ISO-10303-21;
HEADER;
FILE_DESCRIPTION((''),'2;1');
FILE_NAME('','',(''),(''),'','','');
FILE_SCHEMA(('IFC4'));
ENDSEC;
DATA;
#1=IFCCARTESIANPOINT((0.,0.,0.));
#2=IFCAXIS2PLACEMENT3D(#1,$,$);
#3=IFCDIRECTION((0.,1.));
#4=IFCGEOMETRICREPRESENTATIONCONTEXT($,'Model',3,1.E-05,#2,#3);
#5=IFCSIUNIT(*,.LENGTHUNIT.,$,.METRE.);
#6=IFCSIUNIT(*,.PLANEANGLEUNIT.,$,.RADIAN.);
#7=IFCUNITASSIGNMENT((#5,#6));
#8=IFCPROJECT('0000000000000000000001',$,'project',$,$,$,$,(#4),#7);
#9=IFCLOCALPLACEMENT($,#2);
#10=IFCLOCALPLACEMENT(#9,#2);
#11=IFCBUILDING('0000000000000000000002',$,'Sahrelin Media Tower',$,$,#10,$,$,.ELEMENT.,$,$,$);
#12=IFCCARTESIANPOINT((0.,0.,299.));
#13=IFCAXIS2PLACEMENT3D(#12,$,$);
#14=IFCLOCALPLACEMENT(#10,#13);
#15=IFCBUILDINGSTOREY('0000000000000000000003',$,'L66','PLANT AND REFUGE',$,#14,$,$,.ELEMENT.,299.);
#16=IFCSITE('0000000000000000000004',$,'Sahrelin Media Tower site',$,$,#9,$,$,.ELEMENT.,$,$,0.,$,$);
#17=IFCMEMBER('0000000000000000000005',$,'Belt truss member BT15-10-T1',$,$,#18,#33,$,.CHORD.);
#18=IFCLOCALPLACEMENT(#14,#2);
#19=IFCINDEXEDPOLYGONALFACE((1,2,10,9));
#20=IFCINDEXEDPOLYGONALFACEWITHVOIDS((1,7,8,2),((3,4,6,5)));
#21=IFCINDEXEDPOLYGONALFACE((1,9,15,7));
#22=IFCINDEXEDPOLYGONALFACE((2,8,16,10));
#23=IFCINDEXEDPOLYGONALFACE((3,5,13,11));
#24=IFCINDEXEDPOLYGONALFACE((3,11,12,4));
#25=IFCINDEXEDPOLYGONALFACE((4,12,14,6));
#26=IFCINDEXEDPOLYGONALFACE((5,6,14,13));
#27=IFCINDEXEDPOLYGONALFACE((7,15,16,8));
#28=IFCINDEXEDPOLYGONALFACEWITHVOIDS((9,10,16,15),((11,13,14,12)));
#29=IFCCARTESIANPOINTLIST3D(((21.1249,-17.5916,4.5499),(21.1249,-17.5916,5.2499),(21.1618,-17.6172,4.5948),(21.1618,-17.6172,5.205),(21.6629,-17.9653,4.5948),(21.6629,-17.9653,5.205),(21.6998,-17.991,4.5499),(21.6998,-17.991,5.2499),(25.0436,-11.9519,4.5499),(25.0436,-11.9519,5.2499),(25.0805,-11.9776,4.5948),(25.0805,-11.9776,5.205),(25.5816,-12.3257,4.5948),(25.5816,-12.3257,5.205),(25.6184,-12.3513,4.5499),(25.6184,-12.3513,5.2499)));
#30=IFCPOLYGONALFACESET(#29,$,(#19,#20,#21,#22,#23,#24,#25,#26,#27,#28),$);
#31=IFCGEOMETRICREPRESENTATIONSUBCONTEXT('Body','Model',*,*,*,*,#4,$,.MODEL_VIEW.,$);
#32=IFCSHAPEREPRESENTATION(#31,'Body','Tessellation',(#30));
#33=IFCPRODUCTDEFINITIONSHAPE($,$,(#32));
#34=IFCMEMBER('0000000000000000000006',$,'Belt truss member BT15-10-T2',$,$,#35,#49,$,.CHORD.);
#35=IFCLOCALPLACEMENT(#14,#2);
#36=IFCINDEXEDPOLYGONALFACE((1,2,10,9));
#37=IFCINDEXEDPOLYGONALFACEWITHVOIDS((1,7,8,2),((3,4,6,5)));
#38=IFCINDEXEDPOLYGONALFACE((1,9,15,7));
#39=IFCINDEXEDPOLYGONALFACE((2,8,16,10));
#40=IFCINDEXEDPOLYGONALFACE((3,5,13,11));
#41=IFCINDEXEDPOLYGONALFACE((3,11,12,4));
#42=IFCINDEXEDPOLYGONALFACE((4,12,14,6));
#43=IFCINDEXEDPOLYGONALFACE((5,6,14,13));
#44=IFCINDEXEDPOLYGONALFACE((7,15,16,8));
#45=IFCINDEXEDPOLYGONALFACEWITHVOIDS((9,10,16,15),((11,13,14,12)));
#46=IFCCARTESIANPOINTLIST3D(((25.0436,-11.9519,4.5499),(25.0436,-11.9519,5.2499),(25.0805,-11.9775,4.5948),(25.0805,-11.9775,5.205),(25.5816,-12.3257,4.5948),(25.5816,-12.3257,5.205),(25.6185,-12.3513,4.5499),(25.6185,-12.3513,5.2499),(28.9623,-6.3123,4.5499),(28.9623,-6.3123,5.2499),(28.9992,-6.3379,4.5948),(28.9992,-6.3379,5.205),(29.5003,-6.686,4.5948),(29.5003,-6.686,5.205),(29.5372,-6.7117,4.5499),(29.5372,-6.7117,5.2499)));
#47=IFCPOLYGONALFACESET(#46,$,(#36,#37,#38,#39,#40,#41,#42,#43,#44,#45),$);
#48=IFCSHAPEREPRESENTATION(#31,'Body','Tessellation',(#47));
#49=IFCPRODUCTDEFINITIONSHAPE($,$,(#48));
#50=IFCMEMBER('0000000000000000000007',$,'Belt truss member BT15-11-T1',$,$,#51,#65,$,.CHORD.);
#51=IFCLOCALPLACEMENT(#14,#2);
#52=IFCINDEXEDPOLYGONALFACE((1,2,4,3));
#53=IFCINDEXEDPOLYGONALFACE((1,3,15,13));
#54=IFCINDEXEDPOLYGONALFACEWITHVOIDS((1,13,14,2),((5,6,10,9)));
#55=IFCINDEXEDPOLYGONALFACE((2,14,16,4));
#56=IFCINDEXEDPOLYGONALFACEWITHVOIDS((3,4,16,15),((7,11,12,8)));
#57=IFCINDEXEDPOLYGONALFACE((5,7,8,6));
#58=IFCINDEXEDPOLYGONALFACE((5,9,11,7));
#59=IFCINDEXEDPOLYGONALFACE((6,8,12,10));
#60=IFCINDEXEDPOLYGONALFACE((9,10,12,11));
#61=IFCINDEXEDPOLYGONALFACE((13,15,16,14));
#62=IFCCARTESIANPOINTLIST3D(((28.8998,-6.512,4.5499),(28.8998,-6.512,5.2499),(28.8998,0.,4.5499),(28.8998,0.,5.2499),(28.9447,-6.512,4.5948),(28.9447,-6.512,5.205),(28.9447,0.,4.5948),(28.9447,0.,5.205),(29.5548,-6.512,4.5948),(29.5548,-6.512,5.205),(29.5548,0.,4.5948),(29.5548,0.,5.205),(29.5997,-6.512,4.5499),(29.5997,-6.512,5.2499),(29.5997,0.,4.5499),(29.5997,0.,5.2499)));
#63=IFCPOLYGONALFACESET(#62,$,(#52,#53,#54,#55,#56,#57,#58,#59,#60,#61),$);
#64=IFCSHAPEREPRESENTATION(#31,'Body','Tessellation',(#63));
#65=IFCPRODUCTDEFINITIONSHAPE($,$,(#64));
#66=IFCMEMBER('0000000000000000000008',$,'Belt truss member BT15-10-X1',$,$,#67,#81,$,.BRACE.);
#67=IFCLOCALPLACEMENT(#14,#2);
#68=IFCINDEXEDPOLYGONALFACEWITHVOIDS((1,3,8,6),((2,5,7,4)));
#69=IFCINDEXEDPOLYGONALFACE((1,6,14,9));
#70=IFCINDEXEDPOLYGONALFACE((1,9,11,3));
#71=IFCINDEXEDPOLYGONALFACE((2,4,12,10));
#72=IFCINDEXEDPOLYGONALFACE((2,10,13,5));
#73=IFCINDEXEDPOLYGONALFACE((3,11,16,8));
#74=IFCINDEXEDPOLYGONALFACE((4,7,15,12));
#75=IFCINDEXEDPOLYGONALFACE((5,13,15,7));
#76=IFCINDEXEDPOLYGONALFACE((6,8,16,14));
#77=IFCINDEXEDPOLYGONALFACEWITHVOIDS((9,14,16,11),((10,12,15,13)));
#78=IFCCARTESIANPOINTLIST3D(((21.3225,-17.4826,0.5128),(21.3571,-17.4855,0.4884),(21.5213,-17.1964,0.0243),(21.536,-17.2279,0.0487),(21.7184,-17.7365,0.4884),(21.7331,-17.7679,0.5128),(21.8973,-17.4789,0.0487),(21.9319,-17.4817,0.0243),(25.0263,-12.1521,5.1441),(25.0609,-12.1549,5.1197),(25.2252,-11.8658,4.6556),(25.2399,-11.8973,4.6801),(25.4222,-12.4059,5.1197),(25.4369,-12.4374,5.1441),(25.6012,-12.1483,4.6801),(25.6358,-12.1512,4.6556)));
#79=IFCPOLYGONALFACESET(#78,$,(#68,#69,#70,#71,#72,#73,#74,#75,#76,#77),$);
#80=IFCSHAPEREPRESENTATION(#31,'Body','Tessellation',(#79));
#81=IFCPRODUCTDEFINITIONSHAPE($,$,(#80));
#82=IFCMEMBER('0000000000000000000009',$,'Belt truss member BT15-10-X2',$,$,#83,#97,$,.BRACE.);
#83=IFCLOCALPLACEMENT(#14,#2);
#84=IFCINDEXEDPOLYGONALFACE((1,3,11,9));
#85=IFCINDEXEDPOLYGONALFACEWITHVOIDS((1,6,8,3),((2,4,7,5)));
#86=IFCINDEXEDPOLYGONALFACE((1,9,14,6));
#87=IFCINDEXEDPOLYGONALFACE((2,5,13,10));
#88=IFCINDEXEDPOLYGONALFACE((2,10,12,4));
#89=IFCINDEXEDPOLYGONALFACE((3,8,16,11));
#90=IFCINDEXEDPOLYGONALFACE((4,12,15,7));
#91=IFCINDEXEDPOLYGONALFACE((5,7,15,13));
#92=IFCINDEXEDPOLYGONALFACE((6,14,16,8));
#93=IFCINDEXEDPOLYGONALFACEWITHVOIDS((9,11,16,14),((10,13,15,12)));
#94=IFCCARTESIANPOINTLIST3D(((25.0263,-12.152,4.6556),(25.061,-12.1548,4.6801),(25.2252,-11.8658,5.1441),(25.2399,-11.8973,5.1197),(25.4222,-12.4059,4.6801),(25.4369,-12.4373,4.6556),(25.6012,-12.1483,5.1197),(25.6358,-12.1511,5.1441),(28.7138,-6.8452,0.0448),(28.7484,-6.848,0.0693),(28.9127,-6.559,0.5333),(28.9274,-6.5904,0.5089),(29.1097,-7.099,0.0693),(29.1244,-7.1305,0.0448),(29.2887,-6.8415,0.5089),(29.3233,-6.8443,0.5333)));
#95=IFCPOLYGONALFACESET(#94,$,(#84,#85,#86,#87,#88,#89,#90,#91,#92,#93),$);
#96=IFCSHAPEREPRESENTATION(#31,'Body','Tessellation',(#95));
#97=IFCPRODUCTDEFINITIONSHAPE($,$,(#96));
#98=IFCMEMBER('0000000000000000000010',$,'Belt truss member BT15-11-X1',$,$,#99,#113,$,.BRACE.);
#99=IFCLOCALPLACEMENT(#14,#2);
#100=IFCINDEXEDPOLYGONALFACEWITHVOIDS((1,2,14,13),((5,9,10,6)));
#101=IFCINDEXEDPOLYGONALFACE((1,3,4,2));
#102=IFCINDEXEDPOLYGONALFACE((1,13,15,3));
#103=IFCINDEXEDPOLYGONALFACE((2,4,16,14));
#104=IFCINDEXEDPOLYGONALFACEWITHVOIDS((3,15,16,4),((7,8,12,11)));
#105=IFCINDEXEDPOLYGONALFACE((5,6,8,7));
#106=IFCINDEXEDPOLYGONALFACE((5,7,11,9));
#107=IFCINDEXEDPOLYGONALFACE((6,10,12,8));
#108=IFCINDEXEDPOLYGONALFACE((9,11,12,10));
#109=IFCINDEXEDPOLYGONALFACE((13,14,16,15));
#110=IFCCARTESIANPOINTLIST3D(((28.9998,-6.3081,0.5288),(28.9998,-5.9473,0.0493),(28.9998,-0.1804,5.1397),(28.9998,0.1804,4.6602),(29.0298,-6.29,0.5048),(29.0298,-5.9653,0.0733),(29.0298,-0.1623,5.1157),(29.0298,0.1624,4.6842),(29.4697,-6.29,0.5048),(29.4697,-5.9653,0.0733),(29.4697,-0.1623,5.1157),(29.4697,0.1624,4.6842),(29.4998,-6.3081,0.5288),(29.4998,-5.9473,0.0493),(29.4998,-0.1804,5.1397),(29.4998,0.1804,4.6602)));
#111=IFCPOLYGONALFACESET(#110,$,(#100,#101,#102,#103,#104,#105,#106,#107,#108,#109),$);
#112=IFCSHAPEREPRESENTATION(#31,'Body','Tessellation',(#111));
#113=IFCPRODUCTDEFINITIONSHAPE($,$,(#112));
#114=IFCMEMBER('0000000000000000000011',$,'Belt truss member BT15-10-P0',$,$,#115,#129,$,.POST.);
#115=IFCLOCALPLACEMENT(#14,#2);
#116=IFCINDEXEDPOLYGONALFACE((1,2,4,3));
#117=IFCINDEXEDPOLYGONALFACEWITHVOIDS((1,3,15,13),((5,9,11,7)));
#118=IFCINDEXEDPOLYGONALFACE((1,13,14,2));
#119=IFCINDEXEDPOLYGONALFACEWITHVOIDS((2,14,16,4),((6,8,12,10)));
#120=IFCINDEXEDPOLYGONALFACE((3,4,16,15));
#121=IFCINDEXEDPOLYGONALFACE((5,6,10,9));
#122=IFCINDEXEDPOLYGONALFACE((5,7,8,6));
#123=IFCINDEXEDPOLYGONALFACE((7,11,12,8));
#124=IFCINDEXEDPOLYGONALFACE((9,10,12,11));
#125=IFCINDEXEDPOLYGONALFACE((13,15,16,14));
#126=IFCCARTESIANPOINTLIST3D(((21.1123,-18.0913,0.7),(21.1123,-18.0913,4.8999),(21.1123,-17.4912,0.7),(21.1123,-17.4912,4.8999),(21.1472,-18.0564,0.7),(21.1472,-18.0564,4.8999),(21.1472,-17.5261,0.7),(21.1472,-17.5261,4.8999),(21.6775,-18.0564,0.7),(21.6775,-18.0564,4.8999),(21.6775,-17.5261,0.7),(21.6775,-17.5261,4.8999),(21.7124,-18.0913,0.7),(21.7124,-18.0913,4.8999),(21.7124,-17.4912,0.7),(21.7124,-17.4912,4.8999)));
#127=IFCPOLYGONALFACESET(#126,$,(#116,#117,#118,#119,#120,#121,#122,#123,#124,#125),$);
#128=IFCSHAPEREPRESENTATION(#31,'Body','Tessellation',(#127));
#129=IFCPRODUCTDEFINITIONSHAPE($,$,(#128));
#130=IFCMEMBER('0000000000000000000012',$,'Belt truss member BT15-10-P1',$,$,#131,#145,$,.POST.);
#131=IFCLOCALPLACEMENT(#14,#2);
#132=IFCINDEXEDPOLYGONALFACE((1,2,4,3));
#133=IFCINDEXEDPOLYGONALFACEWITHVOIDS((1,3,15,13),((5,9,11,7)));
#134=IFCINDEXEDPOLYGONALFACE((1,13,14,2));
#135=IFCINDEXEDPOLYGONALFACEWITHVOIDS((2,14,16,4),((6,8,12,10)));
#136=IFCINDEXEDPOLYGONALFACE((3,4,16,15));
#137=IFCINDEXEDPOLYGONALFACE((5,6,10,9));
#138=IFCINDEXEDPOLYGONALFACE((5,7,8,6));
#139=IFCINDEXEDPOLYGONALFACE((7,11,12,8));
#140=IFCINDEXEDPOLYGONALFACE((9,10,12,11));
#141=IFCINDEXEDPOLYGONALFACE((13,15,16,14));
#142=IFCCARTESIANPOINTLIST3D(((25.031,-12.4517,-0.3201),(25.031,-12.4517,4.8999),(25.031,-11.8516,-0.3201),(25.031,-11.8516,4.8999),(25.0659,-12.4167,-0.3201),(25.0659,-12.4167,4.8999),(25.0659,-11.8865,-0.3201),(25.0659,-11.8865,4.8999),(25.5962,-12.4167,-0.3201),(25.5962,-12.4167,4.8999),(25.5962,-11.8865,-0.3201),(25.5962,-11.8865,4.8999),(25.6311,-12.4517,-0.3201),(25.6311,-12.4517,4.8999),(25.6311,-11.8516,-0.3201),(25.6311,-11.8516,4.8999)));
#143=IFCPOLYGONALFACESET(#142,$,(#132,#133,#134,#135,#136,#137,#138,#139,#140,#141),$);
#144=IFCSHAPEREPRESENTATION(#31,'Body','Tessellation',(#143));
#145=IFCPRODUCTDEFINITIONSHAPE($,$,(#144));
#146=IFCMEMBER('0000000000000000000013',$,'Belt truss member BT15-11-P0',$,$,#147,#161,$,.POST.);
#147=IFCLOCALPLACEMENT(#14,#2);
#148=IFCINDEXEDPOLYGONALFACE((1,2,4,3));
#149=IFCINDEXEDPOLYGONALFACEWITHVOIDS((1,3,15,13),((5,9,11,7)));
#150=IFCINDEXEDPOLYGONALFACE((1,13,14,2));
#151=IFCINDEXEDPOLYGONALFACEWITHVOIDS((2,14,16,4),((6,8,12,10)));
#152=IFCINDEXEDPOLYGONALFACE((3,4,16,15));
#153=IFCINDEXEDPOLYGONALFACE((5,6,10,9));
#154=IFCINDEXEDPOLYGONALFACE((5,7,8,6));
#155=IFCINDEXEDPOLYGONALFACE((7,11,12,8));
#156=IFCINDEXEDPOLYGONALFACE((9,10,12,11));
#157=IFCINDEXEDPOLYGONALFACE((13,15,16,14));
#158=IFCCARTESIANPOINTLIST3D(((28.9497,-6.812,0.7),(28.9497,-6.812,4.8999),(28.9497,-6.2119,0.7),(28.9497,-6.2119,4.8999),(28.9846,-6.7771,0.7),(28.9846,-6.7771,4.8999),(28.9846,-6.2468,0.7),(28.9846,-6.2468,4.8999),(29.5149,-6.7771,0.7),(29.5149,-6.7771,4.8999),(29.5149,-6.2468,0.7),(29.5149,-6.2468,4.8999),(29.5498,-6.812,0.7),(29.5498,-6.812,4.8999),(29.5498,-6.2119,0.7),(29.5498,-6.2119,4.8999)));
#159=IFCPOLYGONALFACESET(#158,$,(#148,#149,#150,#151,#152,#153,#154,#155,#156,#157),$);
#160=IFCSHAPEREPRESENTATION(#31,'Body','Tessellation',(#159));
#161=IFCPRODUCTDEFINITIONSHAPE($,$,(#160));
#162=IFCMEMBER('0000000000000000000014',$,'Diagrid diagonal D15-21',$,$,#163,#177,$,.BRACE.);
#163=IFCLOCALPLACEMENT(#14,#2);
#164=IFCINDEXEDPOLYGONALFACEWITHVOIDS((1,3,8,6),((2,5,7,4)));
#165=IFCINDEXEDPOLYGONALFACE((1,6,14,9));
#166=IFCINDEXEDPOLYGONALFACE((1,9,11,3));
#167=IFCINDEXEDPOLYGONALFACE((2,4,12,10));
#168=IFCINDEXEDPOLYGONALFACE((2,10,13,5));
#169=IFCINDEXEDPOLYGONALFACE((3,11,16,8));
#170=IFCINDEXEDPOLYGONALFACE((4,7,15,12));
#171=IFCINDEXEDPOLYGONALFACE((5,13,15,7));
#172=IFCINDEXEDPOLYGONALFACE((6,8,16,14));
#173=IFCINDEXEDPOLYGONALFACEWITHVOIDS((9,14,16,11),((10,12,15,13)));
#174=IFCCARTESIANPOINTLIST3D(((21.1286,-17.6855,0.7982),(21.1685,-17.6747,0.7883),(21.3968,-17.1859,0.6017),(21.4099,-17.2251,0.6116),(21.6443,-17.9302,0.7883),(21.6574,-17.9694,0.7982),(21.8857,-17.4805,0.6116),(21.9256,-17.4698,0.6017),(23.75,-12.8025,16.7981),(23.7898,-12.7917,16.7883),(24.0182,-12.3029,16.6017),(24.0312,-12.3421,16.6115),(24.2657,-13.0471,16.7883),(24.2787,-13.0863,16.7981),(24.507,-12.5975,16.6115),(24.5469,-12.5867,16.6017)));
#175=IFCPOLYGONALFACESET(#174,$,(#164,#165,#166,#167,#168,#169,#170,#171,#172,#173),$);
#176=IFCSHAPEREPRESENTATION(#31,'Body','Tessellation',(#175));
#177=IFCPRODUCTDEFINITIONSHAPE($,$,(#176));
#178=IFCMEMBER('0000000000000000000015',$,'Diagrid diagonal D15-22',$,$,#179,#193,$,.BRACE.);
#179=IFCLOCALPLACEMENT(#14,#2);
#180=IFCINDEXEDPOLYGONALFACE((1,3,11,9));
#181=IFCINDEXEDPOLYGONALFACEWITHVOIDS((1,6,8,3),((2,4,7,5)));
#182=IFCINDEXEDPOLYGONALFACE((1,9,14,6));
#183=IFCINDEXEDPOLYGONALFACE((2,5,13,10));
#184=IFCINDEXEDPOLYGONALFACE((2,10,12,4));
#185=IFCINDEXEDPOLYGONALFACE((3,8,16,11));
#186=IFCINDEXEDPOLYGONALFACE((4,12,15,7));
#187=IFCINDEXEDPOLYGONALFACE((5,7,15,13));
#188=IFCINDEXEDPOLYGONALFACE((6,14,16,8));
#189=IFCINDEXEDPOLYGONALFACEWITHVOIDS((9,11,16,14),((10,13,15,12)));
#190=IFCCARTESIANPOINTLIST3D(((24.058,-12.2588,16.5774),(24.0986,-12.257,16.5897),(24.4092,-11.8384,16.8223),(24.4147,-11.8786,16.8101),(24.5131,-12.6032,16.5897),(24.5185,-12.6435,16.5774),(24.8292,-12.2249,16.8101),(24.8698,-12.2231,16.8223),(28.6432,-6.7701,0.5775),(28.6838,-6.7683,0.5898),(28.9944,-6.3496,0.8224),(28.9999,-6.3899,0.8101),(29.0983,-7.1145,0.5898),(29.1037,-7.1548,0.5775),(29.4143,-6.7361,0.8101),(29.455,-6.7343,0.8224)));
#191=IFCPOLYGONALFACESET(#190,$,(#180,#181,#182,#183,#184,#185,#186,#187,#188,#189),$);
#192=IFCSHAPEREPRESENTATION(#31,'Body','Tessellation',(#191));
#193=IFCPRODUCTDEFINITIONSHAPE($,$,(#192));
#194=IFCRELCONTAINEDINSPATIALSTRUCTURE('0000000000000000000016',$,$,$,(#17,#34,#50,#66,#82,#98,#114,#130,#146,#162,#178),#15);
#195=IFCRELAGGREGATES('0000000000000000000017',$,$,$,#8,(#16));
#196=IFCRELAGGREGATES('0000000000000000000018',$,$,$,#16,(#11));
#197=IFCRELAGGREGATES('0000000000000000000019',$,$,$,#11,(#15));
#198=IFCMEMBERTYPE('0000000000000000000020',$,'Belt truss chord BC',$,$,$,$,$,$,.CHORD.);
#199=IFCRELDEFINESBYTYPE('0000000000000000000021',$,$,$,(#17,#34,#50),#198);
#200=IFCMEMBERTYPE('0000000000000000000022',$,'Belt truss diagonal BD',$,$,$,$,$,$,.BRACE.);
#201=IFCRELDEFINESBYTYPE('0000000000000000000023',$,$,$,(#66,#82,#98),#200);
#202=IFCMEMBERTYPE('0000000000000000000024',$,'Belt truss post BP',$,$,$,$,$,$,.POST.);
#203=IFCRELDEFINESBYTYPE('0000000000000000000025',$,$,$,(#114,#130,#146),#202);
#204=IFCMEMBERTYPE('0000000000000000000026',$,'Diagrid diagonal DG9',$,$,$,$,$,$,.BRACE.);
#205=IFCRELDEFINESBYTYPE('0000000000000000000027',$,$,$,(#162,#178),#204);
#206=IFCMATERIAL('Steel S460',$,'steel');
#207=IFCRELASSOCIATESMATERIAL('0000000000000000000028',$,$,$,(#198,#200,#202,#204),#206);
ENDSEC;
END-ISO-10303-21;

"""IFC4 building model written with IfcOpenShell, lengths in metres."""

from ifc_helpers import new_model, si_unit, direction, frame, origin, origin_2d, place, context, subcontext, project, spatial, hollow_rectangle, extrude, material, material_profile, profile_set, type_object, element, save


model = new_model("IFC4")

# Units and contexts
model_context = context("Model", 3, precision=1e-05, world=origin(), true_north=direction((0.0, 1.0)))
body_context = subcontext(model_context, "Body", "Model", "MODEL_VIEW")
ifc_project = project(units=[si_unit("LENGTHUNIT", "METRE"), si_unit("PLANEANGLEUNIT", "RADIAN")], contexts=[model_context])

# Site, building, storey
site_placement = place(None, origin())
site = spatial("IfcSite", under=ifc_project, at=site_placement, Name="Sahrelin Media Tower site", CompositionType="ELEMENT", RefElevation=0.0)
building_placement = place(site_placement, origin())
building = spatial("IfcBuilding", under=site, at=building_placement, Name="Sahrelin Media Tower", CompositionType="ELEMENT")
storey_placement = place(building_placement, frame((0.0, 0.0, 299.0)))
storey = spatial("IfcBuildingStorey", under=building, at=storey_placement, Name="L66", Description="PLANT AND REFUGE", CompositionType="ELEMENT", Elevation=299.0)

# Members
ifc_material_1 = material(Name="Steel S460", Category="steel")
ifc_material_profile_1 = material_profile(ifc_material_1, hollow_rectangle(XDim=0.7, YDim=0.7, WallThickness=0.0449, at=origin_2d()), Name="Belt truss chord BC")
ifc_profile_set_1 = profile_set([ifc_material_profile_1], Name="Steel S460")
member_type_1 = type_object("IfcMemberType", Name="Belt truss chord BC", PredefinedType="CHORD", material=ifc_profile_set_1)
for number, where, z_axis, x_axis, name in (
    (1, (21.4124, -17.7913, 4.8999), (0.57062, 0.821214, 0.0), (-0.821214, 0.57062, 0.0), "Belt truss member BT15-10-T1"),
    (2, (25.3311, -12.1516, 4.8999), (0.57062, 0.821214, 0.0), (-0.821214, 0.57062, 0.0), "Belt truss member BT15-10-T2"),
):
    element("IfcMember", number, at=place(storey_placement, frame(where, z_axis=z_axis, x_axis=x_axis)), inside=storey, type_object=member_type_1, Name=name, PredefinedType="CHORD", context=body_context, shape_type="SweptSolid", body=[
        extrude(hollow_rectangle(XDim=0.7, YDim=0.7, WallThickness=0.0449, at=origin_2d()), origin(), (0.0, 0.0, 1.0), 6.8674),
    ])
member_1_placement = place(storey_placement, frame((29.2498, -6.512, 4.8999), z_axis=(0.0, 1.0, 0.0), x_axis=(-1.0, 0.0, 0.0)))
element("IfcMember", 3, at=member_1_placement, inside=storey, type_object=member_type_1, Name="Belt truss member BT15-11-T1", PredefinedType="CHORD", context=body_context, shape_type="SweptSolid", body=[
    extrude(hollow_rectangle(XDim=0.7, YDim=0.7, WallThickness=0.0449, at=origin_2d()), origin(), (0.0, 0.0, 1.0), 6.512),
])
ifc_material_profile_2 = material_profile(ifc_material_1, hollow_rectangle(XDim=0.5, YDim=0.6001, WallThickness=0.03, at=origin_2d()), Name="Belt truss diagonal BD")
ifc_profile_set_2 = profile_set([ifc_material_profile_2], Name="Steel S460")
member_type_2 = type_object("IfcMemberType", Name="Belt truss diagonal BD", PredefinedType="BRACE", material=ifc_profile_set_2)
member_2_placement = place(storey_placement, frame((21.6272, -17.4822, 0.2686), z_axis=(0.464498, 0.668503, 0.580814), x_axis=(-0.82122, 0.570611, 0.0)))
element("IfcMember", 4, at=member_2_placement, inside=storey, type_object=member_type_2, Name="Belt truss member BT15-10-X1", PredefinedType="BRACE", context=body_context, shape_type="SweptSolid", body=[
    extrude(hollow_rectangle(XDim=0.5, YDim=0.6001, WallThickness=0.03, at=origin_2d()), origin(), (0.0, 0.0, 1.0), 7.9739),
])
member_3_placement = place(storey_placement, frame((29.0186, -6.8447, 0.2891), z_axis=(-0.464506, -0.668496, 0.580817), x_axis=(0.821213, -0.570622, 0.0)))
element("IfcMember", 5, at=member_3_placement, inside=storey, type_object=member_type_2, Name="Belt truss member BT15-10-X2", PredefinedType="BRACE", context=body_context, shape_type="SweptSolid", body=[
    extrude(hollow_rectangle(XDim=0.5, YDim=0.6001, WallThickness=0.03, at=origin_2d()), origin(), (0.0, 0.0, 1.0), 7.9385),
])
member_4_placement = place(storey_placement, frame((29.2498, -6.1277, 0.2891), z_axis=(0.0, 0.799055, 0.601257), x_axis=(-1.0, 0.0, 0.0)))
element("IfcMember", 6, at=member_4_placement, inside=storey, type_object=member_type_2, Name="Belt truss member BT15-11-X1", PredefinedType="BRACE", context=body_context, shape_type="SweptSolid", body=[
    extrude(hollow_rectangle(XDim=0.5, YDim=0.6001, WallThickness=0.03, at=origin_2d()), origin(), (0.0, 0.0, 1.0), 7.6687),
])
ifc_material_profile_3 = material_profile(ifc_material_1, hollow_rectangle(XDim=0.6001, YDim=0.6001, WallThickness=0.0349, at=origin_2d()), Name="Belt truss post BP")
ifc_profile_set_3 = profile_set([ifc_material_profile_3], Name="Steel S460")
member_type_3 = type_object("IfcMemberType", Name="Belt truss post BP", PredefinedType="POST", material=ifc_profile_set_3)
member_5_placement = place(storey_placement, frame((21.4124, -17.7913, 0.7), z_axis=(0.0, 0.0, 1.0), x_axis=(1.0, 0.0, 0.0)))
element("IfcMember", 7, at=member_5_placement, inside=storey, type_object=member_type_3, Name="Belt truss member BT15-10-P0", PredefinedType="POST", context=body_context, shape_type="SweptSolid", body=[
    extrude(hollow_rectangle(XDim=0.6001, YDim=0.6001, WallThickness=0.0349, at=origin_2d()), origin(), (0.0, 0.0, 1.0), 4.2),
])
member_6_placement = place(storey_placement, frame((25.3311, -12.1516, -0.3201), z_axis=(0.0, 0.0, 1.0), x_axis=(1.0, 0.0, 0.0)))
element("IfcMember", 8, at=member_6_placement, inside=storey, type_object=member_type_3, Name="Belt truss member BT15-10-P1", PredefinedType="POST", context=body_context, shape_type="SweptSolid", body=[
    extrude(hollow_rectangle(XDim=0.6001, YDim=0.6001, WallThickness=0.0349, at=origin_2d()), origin(), (0.0, 0.0, 1.0), 5.22),
])
member_7_placement = place(storey_placement, frame((29.2498, -6.512, 0.7), z_axis=(0.0, 0.0, 1.0), x_axis=(1.0, 0.0, 0.0)))
element("IfcMember", 9, at=member_7_placement, inside=storey, type_object=member_type_3, Name="Belt truss member BT15-11-P0", PredefinedType="POST", context=body_context, shape_type="SweptSolid", body=[
    extrude(hollow_rectangle(XDim=0.6001, YDim=0.6001, WallThickness=0.0349, at=origin_2d()), origin(), (0.0, 0.0, 1.0), 4.2),
])
ifc_material_profile_4 = material_profile(ifc_material_1, hollow_rectangle(XDim=0.6001, YDim=0.6001, WallThickness=0.03, at=origin_2d()), Name="Diagrid diagonal DG9")
ifc_profile_set_4 = profile_set([ifc_material_profile_4], Name="Steel S460")
member_type_4 = type_object("IfcMemberType", Name="Diagrid diagonal DG9", PredefinedType="BRACE", material=ifc_profile_set_4)
member_8_placement = place(storey_placement, frame((21.5271, -17.5776, 0.7), z_axis=(0.154809, 0.288381, 0.944918), x_axis=(-0.881073, 0.47298, 0.0)))
element("IfcMember", 10, at=member_8_placement, inside=storey, type_object=member_type_4, Name="Diagrid diagonal D15-21", PredefinedType="BRACE", context=body_context, shape_type="SweptSolid", body=[
    extrude(hollow_rectangle(XDim=0.6001, YDim=0.6001, WallThickness=0.03, at=origin_2d()), origin(), (0.0, 0.0, 1.0), 16.9326),
])
member_9_placement = place(storey_placement, frame((29.0491, -6.7522, 0.7), z_axis=(-0.261627, -0.313184, 0.912944), x_axis=(0.767448, -0.641111, 0.0)))
element("IfcMember", 11, at=member_9_placement, inside=storey, type_object=member_type_4, Name="Diagrid diagonal D15-22", PredefinedType="BRACE", context=body_context, shape_type="SweptSolid", body=[
    extrude(hollow_rectangle(XDim=0.6001, YDim=0.6001, WallThickness=0.03, at=origin_2d()), origin(), (0.0, 0.0, 1.0), 17.5256),
])

save(model, "model.ifc")
